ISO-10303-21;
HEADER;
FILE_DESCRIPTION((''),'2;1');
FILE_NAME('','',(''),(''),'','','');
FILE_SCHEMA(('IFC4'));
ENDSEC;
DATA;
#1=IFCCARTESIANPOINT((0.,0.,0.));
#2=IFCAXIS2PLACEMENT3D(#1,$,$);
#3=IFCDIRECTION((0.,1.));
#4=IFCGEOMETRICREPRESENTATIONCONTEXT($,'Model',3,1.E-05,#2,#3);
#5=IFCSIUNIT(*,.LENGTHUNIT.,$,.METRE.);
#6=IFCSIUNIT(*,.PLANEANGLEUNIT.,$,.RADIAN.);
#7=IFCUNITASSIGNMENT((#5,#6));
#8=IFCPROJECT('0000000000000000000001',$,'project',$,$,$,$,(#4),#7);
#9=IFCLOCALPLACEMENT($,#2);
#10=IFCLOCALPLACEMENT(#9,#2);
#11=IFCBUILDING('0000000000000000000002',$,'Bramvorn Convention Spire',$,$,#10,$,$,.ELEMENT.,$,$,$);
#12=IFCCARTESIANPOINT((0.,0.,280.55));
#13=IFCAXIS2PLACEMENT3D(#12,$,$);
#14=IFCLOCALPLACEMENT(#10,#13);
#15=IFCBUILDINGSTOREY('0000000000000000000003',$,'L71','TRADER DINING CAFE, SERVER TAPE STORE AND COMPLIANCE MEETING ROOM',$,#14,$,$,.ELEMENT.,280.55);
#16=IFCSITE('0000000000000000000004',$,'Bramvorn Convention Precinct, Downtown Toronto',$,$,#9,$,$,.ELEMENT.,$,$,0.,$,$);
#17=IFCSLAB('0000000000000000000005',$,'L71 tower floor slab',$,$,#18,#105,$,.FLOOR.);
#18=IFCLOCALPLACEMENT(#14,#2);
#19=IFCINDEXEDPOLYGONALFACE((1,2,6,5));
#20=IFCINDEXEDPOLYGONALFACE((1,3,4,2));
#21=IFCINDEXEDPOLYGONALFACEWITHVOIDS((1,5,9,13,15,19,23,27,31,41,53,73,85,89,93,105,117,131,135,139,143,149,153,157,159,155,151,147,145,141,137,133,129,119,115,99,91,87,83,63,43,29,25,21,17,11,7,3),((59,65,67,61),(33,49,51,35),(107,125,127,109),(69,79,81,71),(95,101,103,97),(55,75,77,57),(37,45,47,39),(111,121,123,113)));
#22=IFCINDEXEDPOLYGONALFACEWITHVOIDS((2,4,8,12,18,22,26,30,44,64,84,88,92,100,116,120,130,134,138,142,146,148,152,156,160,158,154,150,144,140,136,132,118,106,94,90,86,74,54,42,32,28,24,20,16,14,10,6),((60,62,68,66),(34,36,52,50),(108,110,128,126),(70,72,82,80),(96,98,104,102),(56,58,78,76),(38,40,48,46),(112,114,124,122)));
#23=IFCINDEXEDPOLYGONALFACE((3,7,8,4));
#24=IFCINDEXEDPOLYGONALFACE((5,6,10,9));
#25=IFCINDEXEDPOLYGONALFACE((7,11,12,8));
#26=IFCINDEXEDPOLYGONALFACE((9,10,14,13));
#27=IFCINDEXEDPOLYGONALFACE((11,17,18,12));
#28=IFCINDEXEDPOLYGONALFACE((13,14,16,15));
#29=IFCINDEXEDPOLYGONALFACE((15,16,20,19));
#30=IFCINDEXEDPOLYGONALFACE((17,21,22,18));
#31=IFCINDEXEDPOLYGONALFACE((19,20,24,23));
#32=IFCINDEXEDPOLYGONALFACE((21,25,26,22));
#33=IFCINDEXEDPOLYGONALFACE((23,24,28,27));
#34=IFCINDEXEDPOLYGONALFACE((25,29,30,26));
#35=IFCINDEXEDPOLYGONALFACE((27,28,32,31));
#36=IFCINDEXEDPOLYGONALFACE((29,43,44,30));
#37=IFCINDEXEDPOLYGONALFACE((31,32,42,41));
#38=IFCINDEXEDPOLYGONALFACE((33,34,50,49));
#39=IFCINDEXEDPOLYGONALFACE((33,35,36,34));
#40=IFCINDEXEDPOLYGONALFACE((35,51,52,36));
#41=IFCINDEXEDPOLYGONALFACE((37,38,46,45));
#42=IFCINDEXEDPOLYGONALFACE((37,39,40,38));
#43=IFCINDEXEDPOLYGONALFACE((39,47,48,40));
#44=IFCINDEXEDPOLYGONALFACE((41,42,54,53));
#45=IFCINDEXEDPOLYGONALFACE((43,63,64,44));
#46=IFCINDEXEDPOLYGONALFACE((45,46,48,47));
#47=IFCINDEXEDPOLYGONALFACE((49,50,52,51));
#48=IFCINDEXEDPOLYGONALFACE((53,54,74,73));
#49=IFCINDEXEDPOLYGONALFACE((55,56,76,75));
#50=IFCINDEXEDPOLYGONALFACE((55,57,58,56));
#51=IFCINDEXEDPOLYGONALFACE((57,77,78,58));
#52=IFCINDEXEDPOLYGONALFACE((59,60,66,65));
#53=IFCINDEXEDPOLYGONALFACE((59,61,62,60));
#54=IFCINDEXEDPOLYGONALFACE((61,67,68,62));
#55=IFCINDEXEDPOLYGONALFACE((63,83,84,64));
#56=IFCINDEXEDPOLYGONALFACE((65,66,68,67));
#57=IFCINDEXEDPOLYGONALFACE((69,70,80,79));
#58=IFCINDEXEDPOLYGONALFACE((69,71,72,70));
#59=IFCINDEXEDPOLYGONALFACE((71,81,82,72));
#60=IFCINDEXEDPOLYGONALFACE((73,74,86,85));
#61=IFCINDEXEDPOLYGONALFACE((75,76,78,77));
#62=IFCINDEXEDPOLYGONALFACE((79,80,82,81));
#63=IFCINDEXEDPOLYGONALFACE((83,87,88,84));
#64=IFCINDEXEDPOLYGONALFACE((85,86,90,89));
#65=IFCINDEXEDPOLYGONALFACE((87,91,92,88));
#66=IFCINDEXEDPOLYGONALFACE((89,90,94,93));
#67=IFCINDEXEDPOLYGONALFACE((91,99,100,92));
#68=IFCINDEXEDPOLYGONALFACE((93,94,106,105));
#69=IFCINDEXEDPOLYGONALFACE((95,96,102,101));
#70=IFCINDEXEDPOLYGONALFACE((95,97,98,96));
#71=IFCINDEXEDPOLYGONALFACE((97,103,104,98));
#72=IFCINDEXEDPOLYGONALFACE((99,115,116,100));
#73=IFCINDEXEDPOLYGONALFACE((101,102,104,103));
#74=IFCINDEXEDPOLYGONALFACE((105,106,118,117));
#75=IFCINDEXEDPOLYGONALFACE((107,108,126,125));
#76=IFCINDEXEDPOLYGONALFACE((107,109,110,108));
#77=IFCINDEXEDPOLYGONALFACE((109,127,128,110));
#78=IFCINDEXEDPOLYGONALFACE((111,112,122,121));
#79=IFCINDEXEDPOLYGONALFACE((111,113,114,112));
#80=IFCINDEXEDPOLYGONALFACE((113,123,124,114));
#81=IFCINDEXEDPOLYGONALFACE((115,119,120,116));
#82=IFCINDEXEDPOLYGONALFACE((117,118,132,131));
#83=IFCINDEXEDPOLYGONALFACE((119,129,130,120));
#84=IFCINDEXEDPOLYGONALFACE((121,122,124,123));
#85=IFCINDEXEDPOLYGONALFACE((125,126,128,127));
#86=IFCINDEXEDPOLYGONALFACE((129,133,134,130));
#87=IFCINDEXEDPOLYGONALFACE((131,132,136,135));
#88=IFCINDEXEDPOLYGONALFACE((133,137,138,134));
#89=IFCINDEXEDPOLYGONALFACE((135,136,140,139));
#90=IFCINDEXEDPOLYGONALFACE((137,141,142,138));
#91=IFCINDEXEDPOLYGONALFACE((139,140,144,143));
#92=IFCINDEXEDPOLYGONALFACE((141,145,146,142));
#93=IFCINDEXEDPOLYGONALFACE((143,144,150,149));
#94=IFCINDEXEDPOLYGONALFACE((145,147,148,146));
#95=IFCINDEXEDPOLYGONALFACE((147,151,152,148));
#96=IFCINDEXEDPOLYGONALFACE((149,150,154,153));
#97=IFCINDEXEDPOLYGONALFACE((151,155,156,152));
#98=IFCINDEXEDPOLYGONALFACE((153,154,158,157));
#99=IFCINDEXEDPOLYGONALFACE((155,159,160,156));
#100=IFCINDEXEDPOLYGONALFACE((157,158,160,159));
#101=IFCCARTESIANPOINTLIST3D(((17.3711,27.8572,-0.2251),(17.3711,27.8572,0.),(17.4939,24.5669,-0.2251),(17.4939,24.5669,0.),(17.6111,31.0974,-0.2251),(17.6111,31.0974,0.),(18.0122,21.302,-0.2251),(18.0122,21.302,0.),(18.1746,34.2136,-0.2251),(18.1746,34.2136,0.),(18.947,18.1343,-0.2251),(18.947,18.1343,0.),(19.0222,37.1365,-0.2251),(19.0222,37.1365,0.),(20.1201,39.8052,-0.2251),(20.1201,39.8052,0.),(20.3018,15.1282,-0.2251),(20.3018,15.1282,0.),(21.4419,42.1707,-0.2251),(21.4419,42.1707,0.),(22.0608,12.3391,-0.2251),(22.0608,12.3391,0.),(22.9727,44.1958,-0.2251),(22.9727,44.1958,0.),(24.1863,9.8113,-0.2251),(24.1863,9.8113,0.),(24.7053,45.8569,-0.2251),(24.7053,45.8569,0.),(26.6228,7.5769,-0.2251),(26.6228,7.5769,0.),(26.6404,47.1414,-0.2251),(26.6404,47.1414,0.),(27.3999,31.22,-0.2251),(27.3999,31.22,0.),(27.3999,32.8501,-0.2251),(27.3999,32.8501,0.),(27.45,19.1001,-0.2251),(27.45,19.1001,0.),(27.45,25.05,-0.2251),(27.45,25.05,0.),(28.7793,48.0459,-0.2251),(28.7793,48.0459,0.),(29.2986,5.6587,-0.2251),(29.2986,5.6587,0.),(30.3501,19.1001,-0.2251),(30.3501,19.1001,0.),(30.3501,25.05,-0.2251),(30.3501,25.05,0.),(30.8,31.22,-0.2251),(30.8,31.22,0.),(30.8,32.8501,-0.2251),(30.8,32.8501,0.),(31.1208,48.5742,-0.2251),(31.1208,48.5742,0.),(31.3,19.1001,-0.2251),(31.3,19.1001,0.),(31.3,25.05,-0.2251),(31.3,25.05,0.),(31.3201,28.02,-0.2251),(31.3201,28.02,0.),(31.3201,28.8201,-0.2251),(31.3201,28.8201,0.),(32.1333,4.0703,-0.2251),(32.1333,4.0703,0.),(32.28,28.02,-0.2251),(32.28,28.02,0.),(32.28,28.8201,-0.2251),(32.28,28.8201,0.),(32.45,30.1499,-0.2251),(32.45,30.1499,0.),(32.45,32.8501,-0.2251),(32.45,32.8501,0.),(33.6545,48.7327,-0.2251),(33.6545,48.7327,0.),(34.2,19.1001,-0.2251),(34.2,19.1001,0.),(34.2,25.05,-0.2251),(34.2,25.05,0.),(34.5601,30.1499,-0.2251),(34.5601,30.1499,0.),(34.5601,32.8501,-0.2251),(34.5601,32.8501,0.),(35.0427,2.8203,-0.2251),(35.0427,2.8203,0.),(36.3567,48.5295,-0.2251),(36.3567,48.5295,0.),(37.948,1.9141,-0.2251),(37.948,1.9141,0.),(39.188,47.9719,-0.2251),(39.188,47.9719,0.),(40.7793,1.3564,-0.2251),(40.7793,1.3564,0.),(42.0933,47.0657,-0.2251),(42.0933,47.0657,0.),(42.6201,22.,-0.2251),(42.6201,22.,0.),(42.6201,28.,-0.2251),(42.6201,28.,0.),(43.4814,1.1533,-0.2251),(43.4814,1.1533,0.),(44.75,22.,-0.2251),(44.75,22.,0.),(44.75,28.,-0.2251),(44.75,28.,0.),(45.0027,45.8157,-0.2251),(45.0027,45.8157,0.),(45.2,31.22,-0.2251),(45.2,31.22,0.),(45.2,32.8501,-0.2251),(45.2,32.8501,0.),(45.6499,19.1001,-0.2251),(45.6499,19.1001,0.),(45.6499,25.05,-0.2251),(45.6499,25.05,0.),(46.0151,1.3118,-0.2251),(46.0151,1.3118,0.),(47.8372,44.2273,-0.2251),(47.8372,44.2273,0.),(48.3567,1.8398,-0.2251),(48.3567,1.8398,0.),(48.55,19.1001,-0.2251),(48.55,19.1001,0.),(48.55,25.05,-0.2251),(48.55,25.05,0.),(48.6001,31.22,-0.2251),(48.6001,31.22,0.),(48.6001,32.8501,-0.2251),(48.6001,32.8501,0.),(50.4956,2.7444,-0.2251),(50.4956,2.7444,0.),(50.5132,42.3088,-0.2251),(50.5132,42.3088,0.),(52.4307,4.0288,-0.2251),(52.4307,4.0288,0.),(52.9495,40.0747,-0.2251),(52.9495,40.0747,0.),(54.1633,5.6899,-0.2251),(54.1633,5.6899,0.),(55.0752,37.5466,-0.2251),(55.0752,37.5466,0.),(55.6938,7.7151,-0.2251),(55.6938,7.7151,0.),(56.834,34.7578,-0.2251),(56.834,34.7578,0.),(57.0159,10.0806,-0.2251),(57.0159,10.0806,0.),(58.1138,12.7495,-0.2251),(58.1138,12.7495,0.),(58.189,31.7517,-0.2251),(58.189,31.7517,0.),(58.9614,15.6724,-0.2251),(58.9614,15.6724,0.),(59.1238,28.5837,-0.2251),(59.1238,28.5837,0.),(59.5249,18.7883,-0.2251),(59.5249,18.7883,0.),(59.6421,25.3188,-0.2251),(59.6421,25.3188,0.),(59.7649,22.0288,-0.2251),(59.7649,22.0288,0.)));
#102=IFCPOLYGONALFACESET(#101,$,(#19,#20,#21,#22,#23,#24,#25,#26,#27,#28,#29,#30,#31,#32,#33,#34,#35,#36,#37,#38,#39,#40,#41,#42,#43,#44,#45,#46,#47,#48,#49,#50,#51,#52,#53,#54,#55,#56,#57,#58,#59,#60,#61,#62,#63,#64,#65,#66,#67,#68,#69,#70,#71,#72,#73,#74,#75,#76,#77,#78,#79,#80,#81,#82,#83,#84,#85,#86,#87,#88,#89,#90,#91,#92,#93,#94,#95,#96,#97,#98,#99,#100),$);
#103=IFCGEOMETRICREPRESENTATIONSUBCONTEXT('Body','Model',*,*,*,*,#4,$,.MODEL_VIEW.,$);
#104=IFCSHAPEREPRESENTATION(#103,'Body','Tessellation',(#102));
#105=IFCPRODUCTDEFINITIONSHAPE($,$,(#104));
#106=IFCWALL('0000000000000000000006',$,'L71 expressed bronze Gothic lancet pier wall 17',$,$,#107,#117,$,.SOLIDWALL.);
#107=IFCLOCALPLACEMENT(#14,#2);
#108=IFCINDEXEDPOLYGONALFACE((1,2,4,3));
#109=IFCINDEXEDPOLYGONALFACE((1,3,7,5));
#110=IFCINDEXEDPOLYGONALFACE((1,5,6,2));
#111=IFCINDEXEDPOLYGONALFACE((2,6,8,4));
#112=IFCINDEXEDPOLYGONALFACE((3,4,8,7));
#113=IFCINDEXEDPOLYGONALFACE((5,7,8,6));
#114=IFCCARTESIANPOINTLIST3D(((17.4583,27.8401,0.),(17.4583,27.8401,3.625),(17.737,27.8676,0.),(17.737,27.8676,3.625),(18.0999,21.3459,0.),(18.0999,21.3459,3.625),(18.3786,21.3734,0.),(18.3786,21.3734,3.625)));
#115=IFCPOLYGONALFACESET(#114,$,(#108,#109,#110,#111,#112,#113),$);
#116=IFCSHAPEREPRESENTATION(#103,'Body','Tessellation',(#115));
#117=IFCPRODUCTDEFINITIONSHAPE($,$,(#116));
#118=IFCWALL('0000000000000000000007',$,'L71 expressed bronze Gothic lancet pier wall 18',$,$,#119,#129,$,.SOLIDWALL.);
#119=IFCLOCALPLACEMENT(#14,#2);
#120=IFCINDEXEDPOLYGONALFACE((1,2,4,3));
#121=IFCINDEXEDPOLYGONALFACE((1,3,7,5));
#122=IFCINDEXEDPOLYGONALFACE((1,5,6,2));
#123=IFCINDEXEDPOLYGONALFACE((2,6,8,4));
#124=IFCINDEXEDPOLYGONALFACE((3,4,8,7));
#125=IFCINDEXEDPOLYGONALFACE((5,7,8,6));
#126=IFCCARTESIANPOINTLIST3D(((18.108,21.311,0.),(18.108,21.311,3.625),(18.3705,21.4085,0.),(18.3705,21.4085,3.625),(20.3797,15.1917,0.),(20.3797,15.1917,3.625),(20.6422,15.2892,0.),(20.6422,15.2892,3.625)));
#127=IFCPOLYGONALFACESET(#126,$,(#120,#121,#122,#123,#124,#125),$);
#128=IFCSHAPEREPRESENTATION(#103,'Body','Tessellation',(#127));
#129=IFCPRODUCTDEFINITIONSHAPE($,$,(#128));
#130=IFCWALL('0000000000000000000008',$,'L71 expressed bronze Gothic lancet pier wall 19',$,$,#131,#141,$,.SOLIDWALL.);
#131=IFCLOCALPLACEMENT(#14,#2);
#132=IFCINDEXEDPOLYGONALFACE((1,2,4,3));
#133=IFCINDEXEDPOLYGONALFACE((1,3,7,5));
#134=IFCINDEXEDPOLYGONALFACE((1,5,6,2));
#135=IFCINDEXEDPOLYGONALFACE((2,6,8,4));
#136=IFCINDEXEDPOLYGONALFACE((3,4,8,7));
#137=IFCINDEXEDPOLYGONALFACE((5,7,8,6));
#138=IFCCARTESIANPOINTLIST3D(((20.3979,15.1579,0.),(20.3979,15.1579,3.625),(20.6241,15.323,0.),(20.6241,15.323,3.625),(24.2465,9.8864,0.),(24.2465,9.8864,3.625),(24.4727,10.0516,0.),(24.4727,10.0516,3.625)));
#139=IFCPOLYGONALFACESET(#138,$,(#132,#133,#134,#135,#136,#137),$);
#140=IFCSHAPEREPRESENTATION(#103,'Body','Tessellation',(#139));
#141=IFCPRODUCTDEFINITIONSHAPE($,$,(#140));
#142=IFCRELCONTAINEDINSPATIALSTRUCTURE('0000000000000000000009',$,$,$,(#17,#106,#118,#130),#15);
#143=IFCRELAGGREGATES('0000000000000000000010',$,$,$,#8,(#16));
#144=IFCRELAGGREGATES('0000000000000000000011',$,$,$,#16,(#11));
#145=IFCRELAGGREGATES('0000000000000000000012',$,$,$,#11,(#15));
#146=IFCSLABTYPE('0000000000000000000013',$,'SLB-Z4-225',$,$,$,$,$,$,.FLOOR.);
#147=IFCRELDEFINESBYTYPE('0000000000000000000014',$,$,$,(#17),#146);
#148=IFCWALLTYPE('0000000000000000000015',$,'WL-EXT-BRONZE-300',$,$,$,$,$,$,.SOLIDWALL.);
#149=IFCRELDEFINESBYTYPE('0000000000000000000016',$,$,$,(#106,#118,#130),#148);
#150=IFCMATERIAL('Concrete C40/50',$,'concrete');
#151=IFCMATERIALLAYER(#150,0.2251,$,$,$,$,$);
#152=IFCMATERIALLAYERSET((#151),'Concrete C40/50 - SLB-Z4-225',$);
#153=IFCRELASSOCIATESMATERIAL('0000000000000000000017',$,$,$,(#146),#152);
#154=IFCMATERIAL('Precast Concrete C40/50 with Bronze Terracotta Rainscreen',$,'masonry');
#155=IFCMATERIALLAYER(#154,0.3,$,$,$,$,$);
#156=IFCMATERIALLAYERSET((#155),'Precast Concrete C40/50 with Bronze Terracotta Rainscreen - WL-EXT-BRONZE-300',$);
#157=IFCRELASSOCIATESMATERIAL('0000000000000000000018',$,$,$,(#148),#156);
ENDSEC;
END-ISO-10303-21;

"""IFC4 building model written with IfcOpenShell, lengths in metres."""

from ifc_helpers import new_model, si_unit, direction, frame, frame_2d, origin, place, context, subcontext, project, spatial, polyline, rectangle, outline, extrude, material, layer, layer_set, type_object, element, save


model = new_model("IFC4")

# Units and contexts
model_context = context("Model", 3, precision=1e-05, world=origin(), true_north=direction((0.0, 1.0)))
body_context = subcontext(model_context, "Body", "Model", "MODEL_VIEW")
ifc_project = project(units=[si_unit("LENGTHUNIT", "METRE"), si_unit("PLANEANGLEUNIT", "RADIAN")], contexts=[model_context])

# Site, building, storey
site_placement = place(None, origin())
site = spatial("IfcSite", under=ifc_project, at=site_placement, Name="Bramvorn Convention Precinct, Downtown Toronto", CompositionType="ELEMENT", RefElevation=0.0)
building_placement = place(site_placement, origin())
building = spatial("IfcBuilding", under=site, at=building_placement, Name="Bramvorn Convention Spire", CompositionType="ELEMENT")
storey_placement = place(building_placement, frame((0.0, 0.0, 280.55)))
storey = spatial("IfcBuildingStorey", under=building, at=storey_placement, Name="L71", Description="TRADER DINING CAFE, SERVER TAPE STORE AND COMPLIANCE MEETING ROOM", CompositionType="ELEMENT", Elevation=280.55)

# Slab
ifc_material_1 = material(Name="Concrete C40/50", Category="concrete")
ifc_layer_1 = layer(ifc_material_1, 0.2251)
ifc_layer_set_1 = layer_set([ifc_layer_1], Name="Concrete C40/50 - SLB-Z4-225")
slab_type_1 = type_object("IfcSlabType", Name="SLB-Z4-225", PredefinedType="FLOOR", material=ifc_layer_set_1)
slab_1_placement = place(storey_placement, frame((0.0, 0.0, -0.2251)))
element("IfcSlab", 1, at=slab_1_placement, inside=storey, type_object=slab_type_1, Name="L71 tower floor slab", PredefinedType="FLOOR", context=body_context, shape_type="SweptSolid", body=[
    extrude(outline(polyline([(50.4956, 2.7444), (52.4307, 4.0288), (54.1633, 5.6899), (55.6938, 7.7151), (57.0159, 10.0806), (58.1138, 12.7495), (58.9614, 15.6724), (59.5249, 18.7883), (59.7649, 22.0288), (59.6421, 25.3188), (59.1238, 28.5837), (58.189, 31.7517), (56.834, 34.7578), (55.0752, 37.5466), (52.9495, 40.0747), (50.5132, 42.3088), (47.8372, 44.2273), (45.0027, 45.8157), (42.0933, 47.0657), (39.188, 47.9719), (36.3567, 48.5295), (33.6545, 48.7327), (31.1208, 48.5742), (28.7793, 48.0459), (26.6404, 47.1414), (24.7053, 45.8569), (22.9727, 44.1958), (21.4419, 42.1707), (20.1201, 39.8052), (19.0222, 37.1365), (18.1746, 34.2136), (17.6111, 31.0974), (17.3711, 27.8572), (17.4939, 24.5669), (18.0122, 21.302), (18.947, 18.1343), (20.3018, 15.1282), (22.0608, 12.3391), (24.1863, 9.8113), (26.6228, 7.5769), (29.2986, 5.6587), (32.1333, 4.0703), (35.0427, 2.8203), (37.948, 1.9141), (40.7793, 1.3564), (43.4814, 1.1533), (46.0151, 1.3118), (48.3567, 1.8398), (50.4956, 2.7444)]), holes=[polyline([(27.45, 25.05), (27.45, 19.1001), (30.3501, 19.1001), (30.3501, 25.05), (27.45, 25.05)]), polyline([(45.6499, 25.05), (45.6499, 19.1001), (48.55, 19.1001), (48.55, 25.05), (45.6499, 25.05)]), polyline([(31.3, 25.05), (31.3, 19.1001), (34.2, 19.1001), (34.2, 25.05), (31.3, 25.05)]), polyline([(27.3999, 31.22), (30.8, 31.22), (30.8, 32.8501), (27.3999, 32.8501), (27.3999, 31.22)]), polyline([(45.2, 31.22), (48.6001, 31.22), (48.6001, 32.8501), (45.2, 32.8501), (45.2, 31.22)]), polyline([(32.45, 30.1499), (34.5601, 30.1499), (34.5601, 32.8501), (32.45, 32.8501), (32.45, 30.1499)]), polyline([(42.6201, 22.0), (44.75, 22.0), (44.75, 28.0), (42.6201, 28.0), (42.6201, 22.0)]), polyline([(31.3201, 28.02), (32.28, 28.02), (32.28, 28.8201), (31.3201, 28.8201), (31.3201, 28.02)])]), origin(), (0.0, 0.0, 1.0), 0.2251),
])

# Walls
ifc_material_2 = material(Name="Precast Concrete C40/50 with Bronze Terracotta Rainscreen", Category="masonry")
ifc_layer_2 = layer(ifc_material_2, 0.3)
ifc_layer_set_2 = layer_set([ifc_layer_2], Name="Precast Concrete C40/50 with Bronze Terracotta Rainscreen - WL-EXT-BRONZE-300")
wall_type_1 = type_object("IfcWallType", Name="WL-EXT-BRONZE-300", PredefinedType="SOLIDWALL", material=ifc_layer_set_2)
wall_1_placement = place(storey_placement, frame((18.2393, 21.3596, 0.0), z_axis=(0.0, 0.0, 1.0), x_axis=(-0.098315, 0.995155, 0.0)))
element("IfcWall", 2, at=wall_1_placement, inside=storey, type_object=wall_type_1, Name="L71 expressed bronze Gothic lancet pier wall 17", PredefinedType="SOLIDWALL", context=body_context, shape_type="SweptSolid", body=[
    extrude(rectangle(XDim=6.5259, YDim=0.28, at=frame_2d((3.2629, 0.0))), origin(), (0.0, 0.0, 1.0), 3.625),
])
wall_2_placement = place(storey_placement, frame((20.511, 15.2405, 0.0), z_axis=(0.0, 0.0, 1.0), x_axis=(-0.348039, 0.93748, 0.0)))
element("IfcWall", 3, at=wall_2_placement, inside=storey, type_object=wall_type_1, Name="L71 expressed bronze Gothic lancet pier wall 18", PredefinedType="SOLIDWALL", context=body_context, shape_type="SweptSolid", body=[
    extrude(rectangle(XDim=6.5273, YDim=0.28, at=frame_2d((3.2637, 0.0))), origin(), (0.0, 0.0, 1.0), 3.625),
])
wall_3_placement = place(storey_placement, frame((24.3596, 9.969, 0.0), z_axis=(0.0, 0.0, 1.0), x_axis=(-0.589656, 0.807654, 0.0)))
element("IfcWall", 4, at=wall_3_placement, inside=storey, type_object=wall_type_1, Name="L71 expressed bronze Gothic lancet pier wall 19", PredefinedType="SOLIDWALL", context=body_context, shape_type="SweptSolid", body=[
    extrude(rectangle(XDim=6.5269, YDim=0.28, at=frame_2d((3.2634, 0.0))), origin(), (0.0, 0.0, 1.0), 3.625),
])

save(model, "model.ifc")
